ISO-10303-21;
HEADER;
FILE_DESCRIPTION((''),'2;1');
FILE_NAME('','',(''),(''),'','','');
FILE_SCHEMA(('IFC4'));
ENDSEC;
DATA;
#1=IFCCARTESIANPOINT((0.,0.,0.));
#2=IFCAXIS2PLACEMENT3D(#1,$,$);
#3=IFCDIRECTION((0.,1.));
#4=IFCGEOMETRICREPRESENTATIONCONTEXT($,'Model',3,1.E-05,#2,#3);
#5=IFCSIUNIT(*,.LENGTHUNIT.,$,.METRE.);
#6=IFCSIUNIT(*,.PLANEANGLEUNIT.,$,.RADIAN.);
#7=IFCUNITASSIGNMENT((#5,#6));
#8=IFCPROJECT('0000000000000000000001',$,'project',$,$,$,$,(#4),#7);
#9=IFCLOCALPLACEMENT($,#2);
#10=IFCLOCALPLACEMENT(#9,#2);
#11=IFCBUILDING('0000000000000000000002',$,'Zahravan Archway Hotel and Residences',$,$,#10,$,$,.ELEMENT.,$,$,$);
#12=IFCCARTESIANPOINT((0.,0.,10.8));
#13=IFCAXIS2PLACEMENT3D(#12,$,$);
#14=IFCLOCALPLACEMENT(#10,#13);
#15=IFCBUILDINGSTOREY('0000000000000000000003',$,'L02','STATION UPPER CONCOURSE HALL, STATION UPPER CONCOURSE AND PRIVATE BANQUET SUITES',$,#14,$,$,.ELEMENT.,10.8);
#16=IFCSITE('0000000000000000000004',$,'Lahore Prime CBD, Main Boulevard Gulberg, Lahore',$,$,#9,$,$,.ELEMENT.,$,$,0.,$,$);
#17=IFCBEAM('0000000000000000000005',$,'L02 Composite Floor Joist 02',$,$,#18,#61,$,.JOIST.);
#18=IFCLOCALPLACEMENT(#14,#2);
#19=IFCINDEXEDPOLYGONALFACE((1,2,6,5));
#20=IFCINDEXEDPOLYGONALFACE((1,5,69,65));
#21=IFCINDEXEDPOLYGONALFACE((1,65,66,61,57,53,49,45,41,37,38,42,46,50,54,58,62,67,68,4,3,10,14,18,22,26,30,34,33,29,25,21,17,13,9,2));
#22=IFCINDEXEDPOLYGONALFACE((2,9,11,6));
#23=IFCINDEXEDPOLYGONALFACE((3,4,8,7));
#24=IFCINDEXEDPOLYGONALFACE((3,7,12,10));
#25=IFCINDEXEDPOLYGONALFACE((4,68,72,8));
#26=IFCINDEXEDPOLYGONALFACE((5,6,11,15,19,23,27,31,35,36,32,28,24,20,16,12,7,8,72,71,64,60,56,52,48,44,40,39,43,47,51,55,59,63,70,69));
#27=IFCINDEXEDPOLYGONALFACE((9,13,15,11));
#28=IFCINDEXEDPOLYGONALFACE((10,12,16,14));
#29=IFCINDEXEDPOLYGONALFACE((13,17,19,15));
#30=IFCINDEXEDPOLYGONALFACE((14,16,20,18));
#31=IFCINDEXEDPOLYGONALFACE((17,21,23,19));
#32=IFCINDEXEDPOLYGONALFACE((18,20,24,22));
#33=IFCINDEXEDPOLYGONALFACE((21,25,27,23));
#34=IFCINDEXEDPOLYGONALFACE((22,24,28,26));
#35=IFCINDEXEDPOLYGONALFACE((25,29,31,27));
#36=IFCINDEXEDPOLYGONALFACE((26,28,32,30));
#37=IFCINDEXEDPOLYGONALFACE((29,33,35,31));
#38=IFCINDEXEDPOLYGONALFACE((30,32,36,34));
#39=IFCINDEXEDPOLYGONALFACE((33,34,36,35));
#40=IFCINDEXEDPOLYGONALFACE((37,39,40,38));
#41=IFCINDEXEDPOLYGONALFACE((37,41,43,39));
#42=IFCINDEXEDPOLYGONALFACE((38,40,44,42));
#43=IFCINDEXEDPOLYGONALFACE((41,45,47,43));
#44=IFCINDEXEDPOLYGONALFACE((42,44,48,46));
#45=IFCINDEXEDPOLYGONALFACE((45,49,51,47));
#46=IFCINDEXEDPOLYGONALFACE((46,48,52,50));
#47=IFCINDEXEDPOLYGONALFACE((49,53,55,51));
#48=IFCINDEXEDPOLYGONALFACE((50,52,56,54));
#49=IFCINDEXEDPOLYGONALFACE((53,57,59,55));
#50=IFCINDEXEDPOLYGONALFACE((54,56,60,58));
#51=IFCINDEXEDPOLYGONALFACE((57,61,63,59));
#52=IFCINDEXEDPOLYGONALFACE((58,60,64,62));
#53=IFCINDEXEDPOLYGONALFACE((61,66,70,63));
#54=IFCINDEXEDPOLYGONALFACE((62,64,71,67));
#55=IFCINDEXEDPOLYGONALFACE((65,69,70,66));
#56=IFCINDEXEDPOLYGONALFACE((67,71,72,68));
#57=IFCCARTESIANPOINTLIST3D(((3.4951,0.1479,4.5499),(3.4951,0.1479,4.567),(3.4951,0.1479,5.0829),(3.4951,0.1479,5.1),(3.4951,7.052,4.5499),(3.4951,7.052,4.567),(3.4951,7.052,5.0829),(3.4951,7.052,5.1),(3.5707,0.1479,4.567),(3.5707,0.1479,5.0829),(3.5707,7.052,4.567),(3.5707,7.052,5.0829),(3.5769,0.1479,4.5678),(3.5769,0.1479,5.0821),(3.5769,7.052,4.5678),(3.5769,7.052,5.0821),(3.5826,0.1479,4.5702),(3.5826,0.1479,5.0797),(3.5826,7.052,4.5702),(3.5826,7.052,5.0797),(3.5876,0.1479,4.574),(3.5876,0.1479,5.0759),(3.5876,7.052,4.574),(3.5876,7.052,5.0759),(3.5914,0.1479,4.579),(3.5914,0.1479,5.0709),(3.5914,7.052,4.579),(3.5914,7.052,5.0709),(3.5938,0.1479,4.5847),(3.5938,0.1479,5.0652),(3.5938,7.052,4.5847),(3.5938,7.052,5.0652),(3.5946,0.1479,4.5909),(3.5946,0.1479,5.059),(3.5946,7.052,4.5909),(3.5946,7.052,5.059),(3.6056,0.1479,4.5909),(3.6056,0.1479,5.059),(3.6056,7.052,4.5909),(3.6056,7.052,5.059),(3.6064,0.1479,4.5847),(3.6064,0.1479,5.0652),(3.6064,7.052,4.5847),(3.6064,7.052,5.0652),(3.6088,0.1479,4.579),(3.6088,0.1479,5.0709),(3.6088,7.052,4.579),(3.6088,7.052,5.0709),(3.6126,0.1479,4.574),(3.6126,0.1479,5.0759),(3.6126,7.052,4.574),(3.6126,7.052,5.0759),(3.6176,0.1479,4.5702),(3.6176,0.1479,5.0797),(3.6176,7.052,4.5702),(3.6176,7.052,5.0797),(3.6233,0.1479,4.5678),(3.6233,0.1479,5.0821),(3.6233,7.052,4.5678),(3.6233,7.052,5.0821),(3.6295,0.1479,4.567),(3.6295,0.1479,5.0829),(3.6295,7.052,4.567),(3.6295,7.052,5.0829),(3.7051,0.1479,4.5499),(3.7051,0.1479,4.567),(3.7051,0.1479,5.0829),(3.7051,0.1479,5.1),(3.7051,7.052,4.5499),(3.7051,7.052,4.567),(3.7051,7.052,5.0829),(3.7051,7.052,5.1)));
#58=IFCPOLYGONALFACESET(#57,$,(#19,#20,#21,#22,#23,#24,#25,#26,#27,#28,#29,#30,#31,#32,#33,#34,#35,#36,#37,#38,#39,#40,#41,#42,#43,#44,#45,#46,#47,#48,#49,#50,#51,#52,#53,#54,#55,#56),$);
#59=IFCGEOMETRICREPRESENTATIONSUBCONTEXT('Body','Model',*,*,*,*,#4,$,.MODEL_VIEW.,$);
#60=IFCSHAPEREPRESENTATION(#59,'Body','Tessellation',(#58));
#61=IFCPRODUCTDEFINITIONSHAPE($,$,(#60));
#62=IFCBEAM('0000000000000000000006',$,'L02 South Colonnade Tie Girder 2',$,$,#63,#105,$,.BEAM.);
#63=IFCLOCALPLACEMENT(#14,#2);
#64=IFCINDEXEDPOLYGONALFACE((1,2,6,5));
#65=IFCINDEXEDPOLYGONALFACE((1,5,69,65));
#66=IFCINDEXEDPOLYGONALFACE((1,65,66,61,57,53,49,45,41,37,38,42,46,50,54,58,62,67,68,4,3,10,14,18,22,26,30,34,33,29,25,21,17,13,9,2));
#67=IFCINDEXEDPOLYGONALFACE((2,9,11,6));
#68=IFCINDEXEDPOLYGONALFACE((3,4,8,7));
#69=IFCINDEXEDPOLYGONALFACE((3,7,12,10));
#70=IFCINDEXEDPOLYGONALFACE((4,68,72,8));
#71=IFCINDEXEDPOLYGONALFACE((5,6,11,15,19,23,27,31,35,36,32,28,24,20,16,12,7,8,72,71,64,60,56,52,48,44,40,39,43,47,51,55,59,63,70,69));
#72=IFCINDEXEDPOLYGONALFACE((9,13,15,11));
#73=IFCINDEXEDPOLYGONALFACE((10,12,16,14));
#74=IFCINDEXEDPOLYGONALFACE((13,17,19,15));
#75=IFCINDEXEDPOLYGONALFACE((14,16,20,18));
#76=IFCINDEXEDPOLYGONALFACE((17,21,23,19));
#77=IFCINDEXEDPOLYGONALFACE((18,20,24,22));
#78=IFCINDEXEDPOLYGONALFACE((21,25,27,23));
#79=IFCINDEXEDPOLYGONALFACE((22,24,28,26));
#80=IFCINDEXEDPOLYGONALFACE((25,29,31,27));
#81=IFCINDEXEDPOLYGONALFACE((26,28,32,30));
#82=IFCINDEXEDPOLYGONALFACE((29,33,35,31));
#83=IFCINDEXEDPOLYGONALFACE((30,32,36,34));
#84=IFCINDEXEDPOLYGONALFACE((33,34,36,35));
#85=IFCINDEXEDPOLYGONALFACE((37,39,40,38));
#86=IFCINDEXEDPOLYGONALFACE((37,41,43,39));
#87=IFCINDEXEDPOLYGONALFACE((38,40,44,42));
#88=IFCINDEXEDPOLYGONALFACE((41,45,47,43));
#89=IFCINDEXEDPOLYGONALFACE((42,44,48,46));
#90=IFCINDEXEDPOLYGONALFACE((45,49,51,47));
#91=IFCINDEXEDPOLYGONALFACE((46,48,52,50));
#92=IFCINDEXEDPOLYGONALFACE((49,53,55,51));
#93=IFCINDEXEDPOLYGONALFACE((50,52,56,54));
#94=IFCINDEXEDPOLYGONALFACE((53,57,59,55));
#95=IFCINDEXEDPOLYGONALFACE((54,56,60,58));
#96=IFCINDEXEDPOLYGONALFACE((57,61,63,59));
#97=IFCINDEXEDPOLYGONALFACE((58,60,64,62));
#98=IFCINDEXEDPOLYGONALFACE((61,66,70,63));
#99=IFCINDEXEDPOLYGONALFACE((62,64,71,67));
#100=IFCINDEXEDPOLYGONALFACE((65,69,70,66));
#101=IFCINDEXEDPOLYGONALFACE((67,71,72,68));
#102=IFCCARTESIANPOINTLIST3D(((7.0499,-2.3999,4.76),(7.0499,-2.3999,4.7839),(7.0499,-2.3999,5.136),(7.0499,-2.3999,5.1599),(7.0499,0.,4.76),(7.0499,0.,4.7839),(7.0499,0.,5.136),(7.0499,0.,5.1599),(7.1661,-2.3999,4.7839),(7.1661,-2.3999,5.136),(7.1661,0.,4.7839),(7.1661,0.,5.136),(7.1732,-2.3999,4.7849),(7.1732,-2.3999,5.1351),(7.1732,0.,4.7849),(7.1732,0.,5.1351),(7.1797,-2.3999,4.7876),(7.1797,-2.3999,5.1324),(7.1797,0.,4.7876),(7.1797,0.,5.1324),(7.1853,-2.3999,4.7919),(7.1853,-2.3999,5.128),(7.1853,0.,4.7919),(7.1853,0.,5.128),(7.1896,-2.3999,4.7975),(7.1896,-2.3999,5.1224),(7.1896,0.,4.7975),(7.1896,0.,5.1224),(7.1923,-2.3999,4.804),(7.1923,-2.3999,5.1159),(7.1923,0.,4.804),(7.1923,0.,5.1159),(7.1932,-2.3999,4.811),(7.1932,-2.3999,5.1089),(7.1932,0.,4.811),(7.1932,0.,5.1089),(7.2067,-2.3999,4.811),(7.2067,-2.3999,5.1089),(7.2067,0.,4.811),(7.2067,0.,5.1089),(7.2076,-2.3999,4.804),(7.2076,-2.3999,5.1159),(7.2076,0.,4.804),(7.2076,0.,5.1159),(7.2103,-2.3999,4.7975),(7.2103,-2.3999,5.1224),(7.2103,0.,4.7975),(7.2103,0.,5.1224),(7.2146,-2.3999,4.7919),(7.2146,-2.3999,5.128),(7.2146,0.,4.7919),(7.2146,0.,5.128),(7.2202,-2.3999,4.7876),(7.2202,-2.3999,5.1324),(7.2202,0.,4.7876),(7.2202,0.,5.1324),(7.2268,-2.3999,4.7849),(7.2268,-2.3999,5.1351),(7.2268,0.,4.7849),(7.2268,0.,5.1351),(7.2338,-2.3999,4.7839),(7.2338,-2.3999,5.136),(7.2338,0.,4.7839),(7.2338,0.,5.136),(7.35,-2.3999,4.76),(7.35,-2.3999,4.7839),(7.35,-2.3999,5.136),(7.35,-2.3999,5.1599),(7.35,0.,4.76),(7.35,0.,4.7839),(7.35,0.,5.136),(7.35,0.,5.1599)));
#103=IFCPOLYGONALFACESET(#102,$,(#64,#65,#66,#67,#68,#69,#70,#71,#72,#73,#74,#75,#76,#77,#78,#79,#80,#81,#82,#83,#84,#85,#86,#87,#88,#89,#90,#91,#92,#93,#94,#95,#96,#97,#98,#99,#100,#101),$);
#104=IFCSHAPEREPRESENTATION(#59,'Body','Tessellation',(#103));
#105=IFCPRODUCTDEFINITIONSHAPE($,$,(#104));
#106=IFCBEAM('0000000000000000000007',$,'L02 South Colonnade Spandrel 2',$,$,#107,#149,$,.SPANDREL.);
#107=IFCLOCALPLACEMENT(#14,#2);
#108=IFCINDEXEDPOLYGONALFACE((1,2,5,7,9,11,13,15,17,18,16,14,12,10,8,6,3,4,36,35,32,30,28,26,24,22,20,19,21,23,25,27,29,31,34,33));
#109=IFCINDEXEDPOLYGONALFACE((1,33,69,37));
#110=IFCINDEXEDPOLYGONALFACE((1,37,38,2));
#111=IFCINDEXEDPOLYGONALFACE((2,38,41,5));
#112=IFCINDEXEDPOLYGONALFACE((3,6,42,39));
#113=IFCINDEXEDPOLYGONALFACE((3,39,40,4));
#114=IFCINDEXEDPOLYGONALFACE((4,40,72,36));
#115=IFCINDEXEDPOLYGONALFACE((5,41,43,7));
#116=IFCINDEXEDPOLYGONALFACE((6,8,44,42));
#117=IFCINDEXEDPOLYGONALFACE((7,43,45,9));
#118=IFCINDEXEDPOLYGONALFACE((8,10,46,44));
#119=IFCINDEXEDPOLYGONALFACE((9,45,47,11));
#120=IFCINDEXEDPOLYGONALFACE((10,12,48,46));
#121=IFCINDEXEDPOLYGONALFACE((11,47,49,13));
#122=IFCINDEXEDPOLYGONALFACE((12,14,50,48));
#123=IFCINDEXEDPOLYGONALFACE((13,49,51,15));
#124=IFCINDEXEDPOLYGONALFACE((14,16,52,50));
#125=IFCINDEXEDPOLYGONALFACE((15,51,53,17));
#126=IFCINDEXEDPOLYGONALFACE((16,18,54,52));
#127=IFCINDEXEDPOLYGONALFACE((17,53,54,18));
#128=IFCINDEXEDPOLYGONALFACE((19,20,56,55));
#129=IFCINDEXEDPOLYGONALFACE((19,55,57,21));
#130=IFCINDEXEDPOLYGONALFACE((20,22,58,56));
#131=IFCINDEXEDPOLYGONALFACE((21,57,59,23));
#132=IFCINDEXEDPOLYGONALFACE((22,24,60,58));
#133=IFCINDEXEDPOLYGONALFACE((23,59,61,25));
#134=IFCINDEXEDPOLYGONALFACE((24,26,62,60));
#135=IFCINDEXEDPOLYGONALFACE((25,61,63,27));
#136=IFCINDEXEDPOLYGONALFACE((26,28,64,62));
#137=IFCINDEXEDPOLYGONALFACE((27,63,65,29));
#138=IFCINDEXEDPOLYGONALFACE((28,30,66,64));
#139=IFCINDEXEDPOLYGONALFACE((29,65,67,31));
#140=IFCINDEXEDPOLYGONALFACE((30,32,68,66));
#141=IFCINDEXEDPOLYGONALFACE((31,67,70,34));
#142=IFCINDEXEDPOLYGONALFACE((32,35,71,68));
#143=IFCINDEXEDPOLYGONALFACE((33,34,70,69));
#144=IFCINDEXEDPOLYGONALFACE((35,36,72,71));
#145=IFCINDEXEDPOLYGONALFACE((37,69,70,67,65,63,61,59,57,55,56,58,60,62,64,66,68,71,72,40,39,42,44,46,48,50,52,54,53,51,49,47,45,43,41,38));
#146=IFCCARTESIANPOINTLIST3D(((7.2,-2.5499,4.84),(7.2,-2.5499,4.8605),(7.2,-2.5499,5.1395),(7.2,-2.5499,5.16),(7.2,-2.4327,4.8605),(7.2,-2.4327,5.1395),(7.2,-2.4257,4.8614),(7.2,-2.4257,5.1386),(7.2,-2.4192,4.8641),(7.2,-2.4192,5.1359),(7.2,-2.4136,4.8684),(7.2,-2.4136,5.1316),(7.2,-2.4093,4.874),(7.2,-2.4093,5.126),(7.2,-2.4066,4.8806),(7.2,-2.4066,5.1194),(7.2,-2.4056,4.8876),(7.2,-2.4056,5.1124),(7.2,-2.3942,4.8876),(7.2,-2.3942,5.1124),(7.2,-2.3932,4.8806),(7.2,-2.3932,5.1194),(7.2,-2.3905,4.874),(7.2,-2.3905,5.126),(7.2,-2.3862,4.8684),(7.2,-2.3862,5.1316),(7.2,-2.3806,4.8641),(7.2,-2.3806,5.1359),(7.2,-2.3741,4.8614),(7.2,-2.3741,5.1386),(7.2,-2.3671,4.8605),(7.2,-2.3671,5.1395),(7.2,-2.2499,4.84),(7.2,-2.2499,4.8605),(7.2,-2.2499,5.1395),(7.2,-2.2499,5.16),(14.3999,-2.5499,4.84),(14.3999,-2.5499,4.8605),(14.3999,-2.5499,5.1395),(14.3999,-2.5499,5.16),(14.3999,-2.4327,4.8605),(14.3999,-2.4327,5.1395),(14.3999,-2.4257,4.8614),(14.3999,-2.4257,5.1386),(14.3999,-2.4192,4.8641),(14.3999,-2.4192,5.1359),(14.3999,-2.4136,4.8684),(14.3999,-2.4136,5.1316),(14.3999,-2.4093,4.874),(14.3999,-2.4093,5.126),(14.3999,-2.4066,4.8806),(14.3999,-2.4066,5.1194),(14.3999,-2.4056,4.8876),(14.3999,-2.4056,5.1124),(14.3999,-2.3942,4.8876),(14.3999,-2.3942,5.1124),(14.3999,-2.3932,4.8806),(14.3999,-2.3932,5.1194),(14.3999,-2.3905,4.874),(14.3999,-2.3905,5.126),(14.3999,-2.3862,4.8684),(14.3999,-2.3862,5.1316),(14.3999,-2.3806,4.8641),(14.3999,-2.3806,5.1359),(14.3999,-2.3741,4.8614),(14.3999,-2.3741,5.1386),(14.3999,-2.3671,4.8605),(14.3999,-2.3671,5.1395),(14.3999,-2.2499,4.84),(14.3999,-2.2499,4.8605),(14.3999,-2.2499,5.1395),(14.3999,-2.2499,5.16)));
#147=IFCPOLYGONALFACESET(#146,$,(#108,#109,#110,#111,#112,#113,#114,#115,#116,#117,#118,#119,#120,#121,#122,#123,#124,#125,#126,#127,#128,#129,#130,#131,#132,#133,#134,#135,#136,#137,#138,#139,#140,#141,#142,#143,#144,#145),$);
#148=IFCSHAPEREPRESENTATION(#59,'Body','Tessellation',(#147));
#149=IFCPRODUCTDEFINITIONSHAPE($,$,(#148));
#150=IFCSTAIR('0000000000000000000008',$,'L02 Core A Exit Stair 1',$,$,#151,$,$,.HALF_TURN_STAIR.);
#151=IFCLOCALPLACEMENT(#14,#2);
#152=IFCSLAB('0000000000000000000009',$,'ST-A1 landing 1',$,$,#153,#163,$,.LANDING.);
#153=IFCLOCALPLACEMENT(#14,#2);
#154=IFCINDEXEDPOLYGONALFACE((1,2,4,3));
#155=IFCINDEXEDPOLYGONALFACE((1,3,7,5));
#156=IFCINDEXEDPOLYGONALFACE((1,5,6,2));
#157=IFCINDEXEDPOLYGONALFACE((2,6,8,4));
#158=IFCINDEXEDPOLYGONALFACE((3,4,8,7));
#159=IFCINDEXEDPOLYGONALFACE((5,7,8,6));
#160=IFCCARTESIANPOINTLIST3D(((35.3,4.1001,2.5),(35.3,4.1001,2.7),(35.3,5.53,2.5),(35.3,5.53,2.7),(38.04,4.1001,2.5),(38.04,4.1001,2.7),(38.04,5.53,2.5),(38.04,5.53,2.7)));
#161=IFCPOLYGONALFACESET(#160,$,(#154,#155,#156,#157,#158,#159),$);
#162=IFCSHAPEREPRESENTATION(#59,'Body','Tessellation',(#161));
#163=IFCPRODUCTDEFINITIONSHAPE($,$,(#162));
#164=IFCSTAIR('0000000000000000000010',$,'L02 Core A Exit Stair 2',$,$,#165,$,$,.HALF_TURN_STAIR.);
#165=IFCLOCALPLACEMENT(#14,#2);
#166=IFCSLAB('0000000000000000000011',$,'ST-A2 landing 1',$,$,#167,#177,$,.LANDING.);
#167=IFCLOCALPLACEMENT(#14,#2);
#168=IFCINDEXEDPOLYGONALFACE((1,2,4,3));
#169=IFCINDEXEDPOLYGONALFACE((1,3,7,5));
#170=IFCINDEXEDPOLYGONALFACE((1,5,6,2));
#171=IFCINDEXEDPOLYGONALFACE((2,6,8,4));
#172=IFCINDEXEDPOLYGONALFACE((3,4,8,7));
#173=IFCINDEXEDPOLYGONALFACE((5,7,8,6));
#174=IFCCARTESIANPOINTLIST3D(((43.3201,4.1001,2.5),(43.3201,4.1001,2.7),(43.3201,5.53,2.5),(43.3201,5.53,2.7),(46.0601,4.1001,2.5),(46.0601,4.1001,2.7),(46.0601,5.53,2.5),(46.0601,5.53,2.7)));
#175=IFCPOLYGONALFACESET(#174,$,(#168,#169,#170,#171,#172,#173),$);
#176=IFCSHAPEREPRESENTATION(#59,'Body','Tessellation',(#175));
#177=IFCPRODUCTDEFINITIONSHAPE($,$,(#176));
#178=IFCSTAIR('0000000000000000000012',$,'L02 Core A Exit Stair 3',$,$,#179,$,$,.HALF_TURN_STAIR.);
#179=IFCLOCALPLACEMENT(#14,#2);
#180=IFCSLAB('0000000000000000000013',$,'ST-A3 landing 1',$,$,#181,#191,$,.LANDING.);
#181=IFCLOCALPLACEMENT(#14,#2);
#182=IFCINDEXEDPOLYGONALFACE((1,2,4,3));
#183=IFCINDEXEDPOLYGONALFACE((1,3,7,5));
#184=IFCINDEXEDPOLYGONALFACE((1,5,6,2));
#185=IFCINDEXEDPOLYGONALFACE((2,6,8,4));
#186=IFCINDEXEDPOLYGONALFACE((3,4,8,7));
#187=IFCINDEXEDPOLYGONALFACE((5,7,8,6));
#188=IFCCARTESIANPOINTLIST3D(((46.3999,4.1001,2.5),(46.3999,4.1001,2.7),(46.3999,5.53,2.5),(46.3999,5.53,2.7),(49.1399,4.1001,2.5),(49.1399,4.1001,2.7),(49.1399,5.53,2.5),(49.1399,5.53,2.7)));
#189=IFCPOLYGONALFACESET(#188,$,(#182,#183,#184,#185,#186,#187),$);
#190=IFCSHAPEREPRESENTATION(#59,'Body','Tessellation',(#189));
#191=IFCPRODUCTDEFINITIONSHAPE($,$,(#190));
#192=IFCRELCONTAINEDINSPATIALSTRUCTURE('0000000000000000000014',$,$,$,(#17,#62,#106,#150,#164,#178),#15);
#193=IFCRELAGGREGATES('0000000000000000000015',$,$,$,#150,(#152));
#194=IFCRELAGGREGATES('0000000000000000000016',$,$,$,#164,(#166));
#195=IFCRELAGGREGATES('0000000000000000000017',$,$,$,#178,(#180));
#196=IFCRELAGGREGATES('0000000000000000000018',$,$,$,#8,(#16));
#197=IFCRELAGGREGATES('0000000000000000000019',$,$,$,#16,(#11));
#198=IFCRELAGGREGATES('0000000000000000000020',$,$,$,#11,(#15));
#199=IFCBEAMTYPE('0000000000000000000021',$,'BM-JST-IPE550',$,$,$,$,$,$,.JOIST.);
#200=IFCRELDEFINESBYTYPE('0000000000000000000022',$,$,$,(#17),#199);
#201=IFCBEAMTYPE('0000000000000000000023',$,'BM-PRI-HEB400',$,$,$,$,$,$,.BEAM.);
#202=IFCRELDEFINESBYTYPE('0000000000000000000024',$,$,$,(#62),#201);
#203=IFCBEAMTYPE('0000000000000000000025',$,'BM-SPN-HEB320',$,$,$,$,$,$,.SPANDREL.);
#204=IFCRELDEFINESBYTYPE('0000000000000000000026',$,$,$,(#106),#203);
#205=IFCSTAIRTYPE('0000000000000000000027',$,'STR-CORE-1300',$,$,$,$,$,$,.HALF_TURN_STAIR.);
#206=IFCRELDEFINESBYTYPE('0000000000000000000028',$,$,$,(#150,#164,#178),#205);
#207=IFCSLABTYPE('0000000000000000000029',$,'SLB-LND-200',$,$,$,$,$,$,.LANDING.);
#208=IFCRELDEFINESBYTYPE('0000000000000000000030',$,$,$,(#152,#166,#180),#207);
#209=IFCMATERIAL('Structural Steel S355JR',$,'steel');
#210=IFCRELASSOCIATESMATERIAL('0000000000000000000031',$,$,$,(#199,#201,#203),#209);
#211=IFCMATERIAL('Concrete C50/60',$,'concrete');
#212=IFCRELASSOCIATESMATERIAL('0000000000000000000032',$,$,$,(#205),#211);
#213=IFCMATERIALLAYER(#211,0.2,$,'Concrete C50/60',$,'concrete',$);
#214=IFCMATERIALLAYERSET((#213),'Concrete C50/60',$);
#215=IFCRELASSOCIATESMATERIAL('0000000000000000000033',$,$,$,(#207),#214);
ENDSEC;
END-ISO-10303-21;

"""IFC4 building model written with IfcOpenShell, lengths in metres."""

from ifc_helpers import new_model, si_unit, direction, frame, origin, origin_2d, place, context, subcontext, project, spatial, polyline, i_section, outline, extrude, source, transform, mapped, material, layer, layer_set, material_profile, profile_set, type_object, type_shapes, element, aggregate, save


model = new_model("IFC4")

# Units and contexts
model_context = context("Model", 3, precision=1e-05, world=origin(), true_north=direction((0.0, 1.0)))
body_context = subcontext(model_context, "Body", "Model", "MODEL_VIEW")
ifc_project = project(units=[si_unit("LENGTHUNIT", "METRE"), si_unit("PLANEANGLEUNIT", "RADIAN")], contexts=[model_context])

# Site, building, storey
site_placement = place(None, origin())
site = spatial("IfcSite", under=ifc_project, at=site_placement, Name="Lahore Prime CBD, Main Boulevard Gulberg, Lahore", CompositionType="ELEMENT", RefElevation=0.0)
building_placement = place(site_placement, origin())
building = spatial("IfcBuilding", under=site, at=building_placement, Name="Zahravan Archway Hotel and Residences", CompositionType="ELEMENT")
storey_placement = place(building_placement, frame((0.0, 0.0, 10.8)))
storey = spatial("IfcBuildingStorey", under=building, at=storey_placement, Name="L02", Description="STATION UPPER CONCOURSE HALL, STATION UPPER CONCOURSE AND PRIVATE BANQUET SUITES", CompositionType="ELEMENT", Elevation=10.8)

# Beams
ifc_material_1 = material(Name="Structural Steel S355JR", Category="steel")
ifc_material_profile_1 = material_profile(ifc_material_1, i_section(OverallWidth=0.21, OverallDepth=0.55, WebThickness=0.011, FlangeThickness=0.0171, FilletRadius=0.0239, at=origin_2d()), Name="IPE 550", Category="steel")
ifc_profile_set_1 = profile_set([ifc_material_profile_1], Name="Structural Steel S355JR")
beam_type_1 = type_object("IfcBeamType", Name="BM-JST-IPE550", PredefinedType="JOIST", material=ifc_profile_set_1)
shared_shape_1 = source(origin(), body_context, "Body", "SweptSolid", [
    extrude(i_section(OverallWidth=0.21, OverallDepth=0.55, WebThickness=0.011, FlangeThickness=0.0171, FilletRadius=0.0239, at=origin_2d()), origin(), (0.0, 0.0, 1.0), 6.9041),
])
type_shapes(beam_type_1, [shared_shape_1])
beam_1_placement = place(storey_placement, frame((3.6001, 0.1479, 4.825), z_axis=(0.0, 1.0, 0.0), x_axis=(-1.0, 0.0, 0.0)))
element("IfcBeam", 1, at=beam_1_placement, inside=storey, type_object=beam_type_1, Name="L02 Composite Floor Joist 02", PredefinedType="JOIST", context=body_context, shape_type="MappedRepresentation", body=[
    mapped(shared_shape_1, transform((0.0, 0.0, 0.0), scale=1.0)),
])
ifc_material_profile_2 = material_profile(ifc_material_1, i_section(OverallWidth=0.3, OverallDepth=0.3999, WebThickness=0.0134, FlangeThickness=0.0239, FilletRadius=0.0271, at=origin_2d()), Name="HEB 400", Category="steel")
ifc_profile_set_2 = profile_set([ifc_material_profile_2], Name="Structural Steel S355JR")
beam_type_2 = type_object("IfcBeamType", Name="BM-PRI-HEB400", PredefinedType="BEAM", material=ifc_profile_set_2)
shared_shape_2 = source(origin(), body_context, "Body", "SweptSolid", [
    extrude(i_section(OverallWidth=0.3, OverallDepth=0.3999, WebThickness=0.0134, FlangeThickness=0.0239, FilletRadius=0.0271, at=origin_2d()), origin(), (0.0, 0.0, 1.0), 2.3999),
])
beam_2_placement = place(storey_placement, frame((7.2, -2.3999, 4.96), z_axis=(0.0, 1.0, 0.0), x_axis=(-1.0, 0.0, 0.0)))
element("IfcBeam", 2, at=beam_2_placement, inside=storey, type_object=beam_type_2, Name="L02 South Colonnade Tie Girder 2", PredefinedType="BEAM", context=body_context, shape_type="MappedRepresentation", body=[
    mapped(shared_shape_2, transform((0.0, 0.0, 0.0), scale=1.0)),
])
ifc_material_profile_3 = material_profile(ifc_material_1, i_section(OverallWidth=0.3, OverallDepth=0.3201, WebThickness=0.0115, FlangeThickness=0.0205, FilletRadius=0.0271, at=origin_2d()), Name="HEB 320", Category="steel")
ifc_profile_set_3 = profile_set([ifc_material_profile_3], Name="Structural Steel S355JR")
beam_type_3 = type_object("IfcBeamType", Name="BM-SPN-HEB320", PredefinedType="SPANDREL", material=ifc_profile_set_3)
shared_shape_3 = source(origin(), body_context, "Body", "SweptSolid", [
    extrude(i_section(OverallWidth=0.3, OverallDepth=0.3201, WebThickness=0.0115, FlangeThickness=0.0205, FilletRadius=0.0271, at=origin_2d()), origin(), (0.0, 0.0, 1.0), 7.2),
])
type_shapes(beam_type_3, [shared_shape_3])
beam_3_placement = place(storey_placement, frame((7.2, -2.3999, 5.0), z_axis=(1.0, 0.0, 0.0), x_axis=(0.0, 1.0, 0.0)))
element("IfcBeam", 3, at=beam_3_placement, inside=storey, type_object=beam_type_3, Name="L02 South Colonnade Spandrel 2", PredefinedType="SPANDREL", context=body_context, shape_type="MappedRepresentation", body=[
    mapped(shared_shape_3, transform((0.0, 0.0, 0.0), scale=1.0)),
])

# Stairs, slabs
ifc_material_2 = material(Name="Concrete C50/60", Category="concrete")
stair_type = type_object("IfcStairType", Name="STR-CORE-1300", PredefinedType="HALF_TURN_STAIR", material=ifc_material_2)
stair_1_placement = place(storey_placement, origin())
stair_1 = element("IfcStair", 4, at=stair_1_placement, inside=storey, type_object=stair_type, Name="L02 Core A Exit Stair 1", PredefinedType="HALF_TURN_STAIR")
ifc_layer_1 = layer(ifc_material_2, 0.2, Name="Concrete C50/60", Category="concrete")
ifc_layer_set_1 = layer_set([ifc_layer_1], Name="Concrete C50/60")
slab_type = type_object("IfcSlabType", Name="SLB-LND-200", PredefinedType="LANDING", material=ifc_layer_set_1)
slab_1_placement = place(storey_placement, frame((0.0, 0.0, 2.5)))
slab_1 = element("IfcSlab", 5, at=slab_1_placement, type_object=slab_type, Name="ST-A1 landing 1", PredefinedType="LANDING", context=body_context, shape_type="SweptSolid", body=[
    extrude(outline(polyline([(35.3, 5.53), (35.3, 4.1001), (38.04, 4.1001), (38.04, 5.53), (35.3, 5.53)])), origin(), (0.0, 0.0, 1.0), 0.2),
])
aggregate(stair_1, [slab_1])
stair_2_placement = place(storey_placement, origin())
stair_2 = element("IfcStair", 6, at=stair_2_placement, inside=storey, type_object=stair_type, Name="L02 Core A Exit Stair 2", PredefinedType="HALF_TURN_STAIR")
slab_2_placement = place(storey_placement, frame((0.0, 0.0, 2.5)))
slab_2 = element("IfcSlab", 7, at=slab_2_placement, type_object=slab_type, Name="ST-A2 landing 1", PredefinedType="LANDING", context=body_context, shape_type="SweptSolid", body=[
    extrude(outline(polyline([(43.3201, 5.53), (43.3201, 4.1001), (46.0601, 4.1001), (46.0601, 5.53), (43.3201, 5.53)])), origin(), (0.0, 0.0, 1.0), 0.2),
])
aggregate(stair_2, [slab_2])
stair_3_placement = place(storey_placement, origin())
stair_3 = element("IfcStair", 8, at=stair_3_placement, inside=storey, type_object=stair_type, Name="L02 Core A Exit Stair 3", PredefinedType="HALF_TURN_STAIR")
slab_3_placement = place(storey_placement, frame((0.0, 0.0, 2.5)))
slab_3 = element("IfcSlab", 9, at=slab_3_placement, type_object=slab_type, Name="ST-A3 landing 1", PredefinedType="LANDING", context=body_context, shape_type="SweptSolid", body=[
    extrude(outline(polyline([(46.3999, 5.53), (46.3999, 4.1001), (49.1399, 4.1001), (49.1399, 5.53), (46.3999, 5.53)])), origin(), (0.0, 0.0, 1.0), 0.2),
])
aggregate(stair_3, [slab_3])

save(model, "model.ifc")
